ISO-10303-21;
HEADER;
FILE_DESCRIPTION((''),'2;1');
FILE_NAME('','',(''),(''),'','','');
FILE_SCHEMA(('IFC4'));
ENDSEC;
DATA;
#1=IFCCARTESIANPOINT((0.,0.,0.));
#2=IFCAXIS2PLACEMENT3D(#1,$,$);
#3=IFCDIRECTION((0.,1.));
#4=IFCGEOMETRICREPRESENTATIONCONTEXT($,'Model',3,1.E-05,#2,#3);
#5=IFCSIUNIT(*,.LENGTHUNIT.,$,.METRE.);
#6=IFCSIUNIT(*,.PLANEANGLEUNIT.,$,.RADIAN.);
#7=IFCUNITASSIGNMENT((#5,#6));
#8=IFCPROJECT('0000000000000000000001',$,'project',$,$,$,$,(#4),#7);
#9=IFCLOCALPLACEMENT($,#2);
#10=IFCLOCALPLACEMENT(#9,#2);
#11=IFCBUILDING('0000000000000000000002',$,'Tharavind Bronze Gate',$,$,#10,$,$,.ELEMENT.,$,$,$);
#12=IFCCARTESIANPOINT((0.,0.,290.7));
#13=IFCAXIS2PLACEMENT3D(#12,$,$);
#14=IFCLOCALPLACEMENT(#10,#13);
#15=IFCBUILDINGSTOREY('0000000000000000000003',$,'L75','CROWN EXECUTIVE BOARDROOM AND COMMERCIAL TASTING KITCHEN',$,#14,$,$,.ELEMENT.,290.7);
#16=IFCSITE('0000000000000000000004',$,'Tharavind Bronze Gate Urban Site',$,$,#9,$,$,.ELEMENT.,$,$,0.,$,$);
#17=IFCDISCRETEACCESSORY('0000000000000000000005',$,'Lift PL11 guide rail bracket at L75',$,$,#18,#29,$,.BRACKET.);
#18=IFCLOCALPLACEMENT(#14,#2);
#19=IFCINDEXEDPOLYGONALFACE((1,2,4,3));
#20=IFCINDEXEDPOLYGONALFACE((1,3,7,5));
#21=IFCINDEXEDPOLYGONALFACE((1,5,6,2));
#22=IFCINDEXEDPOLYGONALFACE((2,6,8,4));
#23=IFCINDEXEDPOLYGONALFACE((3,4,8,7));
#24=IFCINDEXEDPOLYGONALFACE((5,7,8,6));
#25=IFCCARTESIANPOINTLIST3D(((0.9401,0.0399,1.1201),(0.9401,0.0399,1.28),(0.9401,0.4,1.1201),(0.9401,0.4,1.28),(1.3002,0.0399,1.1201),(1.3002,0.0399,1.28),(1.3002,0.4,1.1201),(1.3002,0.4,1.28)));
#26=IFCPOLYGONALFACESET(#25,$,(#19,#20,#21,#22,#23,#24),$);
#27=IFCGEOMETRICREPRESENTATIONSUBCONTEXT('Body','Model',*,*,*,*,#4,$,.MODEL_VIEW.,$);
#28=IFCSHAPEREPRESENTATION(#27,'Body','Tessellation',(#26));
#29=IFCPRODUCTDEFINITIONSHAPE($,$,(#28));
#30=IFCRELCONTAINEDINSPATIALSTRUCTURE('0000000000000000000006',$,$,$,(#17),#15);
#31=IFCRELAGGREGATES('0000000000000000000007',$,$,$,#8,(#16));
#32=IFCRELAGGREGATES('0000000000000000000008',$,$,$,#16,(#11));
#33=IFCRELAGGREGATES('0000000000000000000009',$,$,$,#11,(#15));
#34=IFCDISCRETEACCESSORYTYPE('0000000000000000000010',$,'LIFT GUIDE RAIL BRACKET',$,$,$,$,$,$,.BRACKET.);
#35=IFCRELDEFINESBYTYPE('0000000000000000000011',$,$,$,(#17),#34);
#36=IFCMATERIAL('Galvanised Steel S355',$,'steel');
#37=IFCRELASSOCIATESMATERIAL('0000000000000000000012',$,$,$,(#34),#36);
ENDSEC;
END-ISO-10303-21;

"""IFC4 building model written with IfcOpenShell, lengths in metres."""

from ifc_helpers import new_model, si_unit, direction, frame, origin, origin_2d, place, context, subcontext, project, spatial, rectangle, extrude, material, type_object, element, save


model = new_model("IFC4")

# Units and contexts
model_context = context("Model", 3, precision=1e-05, world=origin(), true_north=direction((0.0, 1.0)))
body_context = subcontext(model_context, "Body", "Model", "MODEL_VIEW")
ifc_project = project(units=[si_unit("LENGTHUNIT", "METRE"), si_unit("PLANEANGLEUNIT", "RADIAN")], contexts=[model_context])

# Site, building, storey
site_placement = place(None, origin())
site = spatial("IfcSite", under=ifc_project, at=site_placement, Name="Tharavind Bronze Gate Urban Site", CompositionType="ELEMENT", RefElevation=0.0)
building_placement = place(site_placement, origin())
building = spatial("IfcBuilding", under=site, at=building_placement, Name="Tharavind Bronze Gate", CompositionType="ELEMENT")
storey_placement = place(building_placement, frame((0.0, 0.0, 290.7)))
storey = spatial("IfcBuildingStorey", under=building, at=storey_placement, Name="L75", Description="CROWN EXECUTIVE BOARDROOM AND COMMERCIAL TASTING KITCHEN", CompositionType="ELEMENT", Elevation=290.7)

# Discrete accessory
ifc_material_1 = material(Name="Galvanised Steel S355", Category="steel")
discrete_accessory_type = type_object("IfcDiscreteAccessoryType", Name="LIFT GUIDE RAIL BRACKET", PredefinedType="BRACKET", material=ifc_material_1)
discrete_accessory_placement = place(storey_placement, frame((1.1201, 0.22, 1.1201), z_axis=(0.0, 0.0, 1.0), x_axis=(1.0, 0.0, 0.0)))
element("IfcDiscreteAccessory", 1, at=discrete_accessory_placement, inside=storey, type_object=discrete_accessory_type, Name="Lift PL11 guide rail bracket at L75", PredefinedType="BRACKET", context=body_context, shape_type="SweptSolid", body=[
    extrude(rectangle(XDim=0.3601, YDim=0.3601, at=origin_2d()), origin(), (0.0, 0.0, 1.0), 0.1599),
])

save(model, "model.ifc")
